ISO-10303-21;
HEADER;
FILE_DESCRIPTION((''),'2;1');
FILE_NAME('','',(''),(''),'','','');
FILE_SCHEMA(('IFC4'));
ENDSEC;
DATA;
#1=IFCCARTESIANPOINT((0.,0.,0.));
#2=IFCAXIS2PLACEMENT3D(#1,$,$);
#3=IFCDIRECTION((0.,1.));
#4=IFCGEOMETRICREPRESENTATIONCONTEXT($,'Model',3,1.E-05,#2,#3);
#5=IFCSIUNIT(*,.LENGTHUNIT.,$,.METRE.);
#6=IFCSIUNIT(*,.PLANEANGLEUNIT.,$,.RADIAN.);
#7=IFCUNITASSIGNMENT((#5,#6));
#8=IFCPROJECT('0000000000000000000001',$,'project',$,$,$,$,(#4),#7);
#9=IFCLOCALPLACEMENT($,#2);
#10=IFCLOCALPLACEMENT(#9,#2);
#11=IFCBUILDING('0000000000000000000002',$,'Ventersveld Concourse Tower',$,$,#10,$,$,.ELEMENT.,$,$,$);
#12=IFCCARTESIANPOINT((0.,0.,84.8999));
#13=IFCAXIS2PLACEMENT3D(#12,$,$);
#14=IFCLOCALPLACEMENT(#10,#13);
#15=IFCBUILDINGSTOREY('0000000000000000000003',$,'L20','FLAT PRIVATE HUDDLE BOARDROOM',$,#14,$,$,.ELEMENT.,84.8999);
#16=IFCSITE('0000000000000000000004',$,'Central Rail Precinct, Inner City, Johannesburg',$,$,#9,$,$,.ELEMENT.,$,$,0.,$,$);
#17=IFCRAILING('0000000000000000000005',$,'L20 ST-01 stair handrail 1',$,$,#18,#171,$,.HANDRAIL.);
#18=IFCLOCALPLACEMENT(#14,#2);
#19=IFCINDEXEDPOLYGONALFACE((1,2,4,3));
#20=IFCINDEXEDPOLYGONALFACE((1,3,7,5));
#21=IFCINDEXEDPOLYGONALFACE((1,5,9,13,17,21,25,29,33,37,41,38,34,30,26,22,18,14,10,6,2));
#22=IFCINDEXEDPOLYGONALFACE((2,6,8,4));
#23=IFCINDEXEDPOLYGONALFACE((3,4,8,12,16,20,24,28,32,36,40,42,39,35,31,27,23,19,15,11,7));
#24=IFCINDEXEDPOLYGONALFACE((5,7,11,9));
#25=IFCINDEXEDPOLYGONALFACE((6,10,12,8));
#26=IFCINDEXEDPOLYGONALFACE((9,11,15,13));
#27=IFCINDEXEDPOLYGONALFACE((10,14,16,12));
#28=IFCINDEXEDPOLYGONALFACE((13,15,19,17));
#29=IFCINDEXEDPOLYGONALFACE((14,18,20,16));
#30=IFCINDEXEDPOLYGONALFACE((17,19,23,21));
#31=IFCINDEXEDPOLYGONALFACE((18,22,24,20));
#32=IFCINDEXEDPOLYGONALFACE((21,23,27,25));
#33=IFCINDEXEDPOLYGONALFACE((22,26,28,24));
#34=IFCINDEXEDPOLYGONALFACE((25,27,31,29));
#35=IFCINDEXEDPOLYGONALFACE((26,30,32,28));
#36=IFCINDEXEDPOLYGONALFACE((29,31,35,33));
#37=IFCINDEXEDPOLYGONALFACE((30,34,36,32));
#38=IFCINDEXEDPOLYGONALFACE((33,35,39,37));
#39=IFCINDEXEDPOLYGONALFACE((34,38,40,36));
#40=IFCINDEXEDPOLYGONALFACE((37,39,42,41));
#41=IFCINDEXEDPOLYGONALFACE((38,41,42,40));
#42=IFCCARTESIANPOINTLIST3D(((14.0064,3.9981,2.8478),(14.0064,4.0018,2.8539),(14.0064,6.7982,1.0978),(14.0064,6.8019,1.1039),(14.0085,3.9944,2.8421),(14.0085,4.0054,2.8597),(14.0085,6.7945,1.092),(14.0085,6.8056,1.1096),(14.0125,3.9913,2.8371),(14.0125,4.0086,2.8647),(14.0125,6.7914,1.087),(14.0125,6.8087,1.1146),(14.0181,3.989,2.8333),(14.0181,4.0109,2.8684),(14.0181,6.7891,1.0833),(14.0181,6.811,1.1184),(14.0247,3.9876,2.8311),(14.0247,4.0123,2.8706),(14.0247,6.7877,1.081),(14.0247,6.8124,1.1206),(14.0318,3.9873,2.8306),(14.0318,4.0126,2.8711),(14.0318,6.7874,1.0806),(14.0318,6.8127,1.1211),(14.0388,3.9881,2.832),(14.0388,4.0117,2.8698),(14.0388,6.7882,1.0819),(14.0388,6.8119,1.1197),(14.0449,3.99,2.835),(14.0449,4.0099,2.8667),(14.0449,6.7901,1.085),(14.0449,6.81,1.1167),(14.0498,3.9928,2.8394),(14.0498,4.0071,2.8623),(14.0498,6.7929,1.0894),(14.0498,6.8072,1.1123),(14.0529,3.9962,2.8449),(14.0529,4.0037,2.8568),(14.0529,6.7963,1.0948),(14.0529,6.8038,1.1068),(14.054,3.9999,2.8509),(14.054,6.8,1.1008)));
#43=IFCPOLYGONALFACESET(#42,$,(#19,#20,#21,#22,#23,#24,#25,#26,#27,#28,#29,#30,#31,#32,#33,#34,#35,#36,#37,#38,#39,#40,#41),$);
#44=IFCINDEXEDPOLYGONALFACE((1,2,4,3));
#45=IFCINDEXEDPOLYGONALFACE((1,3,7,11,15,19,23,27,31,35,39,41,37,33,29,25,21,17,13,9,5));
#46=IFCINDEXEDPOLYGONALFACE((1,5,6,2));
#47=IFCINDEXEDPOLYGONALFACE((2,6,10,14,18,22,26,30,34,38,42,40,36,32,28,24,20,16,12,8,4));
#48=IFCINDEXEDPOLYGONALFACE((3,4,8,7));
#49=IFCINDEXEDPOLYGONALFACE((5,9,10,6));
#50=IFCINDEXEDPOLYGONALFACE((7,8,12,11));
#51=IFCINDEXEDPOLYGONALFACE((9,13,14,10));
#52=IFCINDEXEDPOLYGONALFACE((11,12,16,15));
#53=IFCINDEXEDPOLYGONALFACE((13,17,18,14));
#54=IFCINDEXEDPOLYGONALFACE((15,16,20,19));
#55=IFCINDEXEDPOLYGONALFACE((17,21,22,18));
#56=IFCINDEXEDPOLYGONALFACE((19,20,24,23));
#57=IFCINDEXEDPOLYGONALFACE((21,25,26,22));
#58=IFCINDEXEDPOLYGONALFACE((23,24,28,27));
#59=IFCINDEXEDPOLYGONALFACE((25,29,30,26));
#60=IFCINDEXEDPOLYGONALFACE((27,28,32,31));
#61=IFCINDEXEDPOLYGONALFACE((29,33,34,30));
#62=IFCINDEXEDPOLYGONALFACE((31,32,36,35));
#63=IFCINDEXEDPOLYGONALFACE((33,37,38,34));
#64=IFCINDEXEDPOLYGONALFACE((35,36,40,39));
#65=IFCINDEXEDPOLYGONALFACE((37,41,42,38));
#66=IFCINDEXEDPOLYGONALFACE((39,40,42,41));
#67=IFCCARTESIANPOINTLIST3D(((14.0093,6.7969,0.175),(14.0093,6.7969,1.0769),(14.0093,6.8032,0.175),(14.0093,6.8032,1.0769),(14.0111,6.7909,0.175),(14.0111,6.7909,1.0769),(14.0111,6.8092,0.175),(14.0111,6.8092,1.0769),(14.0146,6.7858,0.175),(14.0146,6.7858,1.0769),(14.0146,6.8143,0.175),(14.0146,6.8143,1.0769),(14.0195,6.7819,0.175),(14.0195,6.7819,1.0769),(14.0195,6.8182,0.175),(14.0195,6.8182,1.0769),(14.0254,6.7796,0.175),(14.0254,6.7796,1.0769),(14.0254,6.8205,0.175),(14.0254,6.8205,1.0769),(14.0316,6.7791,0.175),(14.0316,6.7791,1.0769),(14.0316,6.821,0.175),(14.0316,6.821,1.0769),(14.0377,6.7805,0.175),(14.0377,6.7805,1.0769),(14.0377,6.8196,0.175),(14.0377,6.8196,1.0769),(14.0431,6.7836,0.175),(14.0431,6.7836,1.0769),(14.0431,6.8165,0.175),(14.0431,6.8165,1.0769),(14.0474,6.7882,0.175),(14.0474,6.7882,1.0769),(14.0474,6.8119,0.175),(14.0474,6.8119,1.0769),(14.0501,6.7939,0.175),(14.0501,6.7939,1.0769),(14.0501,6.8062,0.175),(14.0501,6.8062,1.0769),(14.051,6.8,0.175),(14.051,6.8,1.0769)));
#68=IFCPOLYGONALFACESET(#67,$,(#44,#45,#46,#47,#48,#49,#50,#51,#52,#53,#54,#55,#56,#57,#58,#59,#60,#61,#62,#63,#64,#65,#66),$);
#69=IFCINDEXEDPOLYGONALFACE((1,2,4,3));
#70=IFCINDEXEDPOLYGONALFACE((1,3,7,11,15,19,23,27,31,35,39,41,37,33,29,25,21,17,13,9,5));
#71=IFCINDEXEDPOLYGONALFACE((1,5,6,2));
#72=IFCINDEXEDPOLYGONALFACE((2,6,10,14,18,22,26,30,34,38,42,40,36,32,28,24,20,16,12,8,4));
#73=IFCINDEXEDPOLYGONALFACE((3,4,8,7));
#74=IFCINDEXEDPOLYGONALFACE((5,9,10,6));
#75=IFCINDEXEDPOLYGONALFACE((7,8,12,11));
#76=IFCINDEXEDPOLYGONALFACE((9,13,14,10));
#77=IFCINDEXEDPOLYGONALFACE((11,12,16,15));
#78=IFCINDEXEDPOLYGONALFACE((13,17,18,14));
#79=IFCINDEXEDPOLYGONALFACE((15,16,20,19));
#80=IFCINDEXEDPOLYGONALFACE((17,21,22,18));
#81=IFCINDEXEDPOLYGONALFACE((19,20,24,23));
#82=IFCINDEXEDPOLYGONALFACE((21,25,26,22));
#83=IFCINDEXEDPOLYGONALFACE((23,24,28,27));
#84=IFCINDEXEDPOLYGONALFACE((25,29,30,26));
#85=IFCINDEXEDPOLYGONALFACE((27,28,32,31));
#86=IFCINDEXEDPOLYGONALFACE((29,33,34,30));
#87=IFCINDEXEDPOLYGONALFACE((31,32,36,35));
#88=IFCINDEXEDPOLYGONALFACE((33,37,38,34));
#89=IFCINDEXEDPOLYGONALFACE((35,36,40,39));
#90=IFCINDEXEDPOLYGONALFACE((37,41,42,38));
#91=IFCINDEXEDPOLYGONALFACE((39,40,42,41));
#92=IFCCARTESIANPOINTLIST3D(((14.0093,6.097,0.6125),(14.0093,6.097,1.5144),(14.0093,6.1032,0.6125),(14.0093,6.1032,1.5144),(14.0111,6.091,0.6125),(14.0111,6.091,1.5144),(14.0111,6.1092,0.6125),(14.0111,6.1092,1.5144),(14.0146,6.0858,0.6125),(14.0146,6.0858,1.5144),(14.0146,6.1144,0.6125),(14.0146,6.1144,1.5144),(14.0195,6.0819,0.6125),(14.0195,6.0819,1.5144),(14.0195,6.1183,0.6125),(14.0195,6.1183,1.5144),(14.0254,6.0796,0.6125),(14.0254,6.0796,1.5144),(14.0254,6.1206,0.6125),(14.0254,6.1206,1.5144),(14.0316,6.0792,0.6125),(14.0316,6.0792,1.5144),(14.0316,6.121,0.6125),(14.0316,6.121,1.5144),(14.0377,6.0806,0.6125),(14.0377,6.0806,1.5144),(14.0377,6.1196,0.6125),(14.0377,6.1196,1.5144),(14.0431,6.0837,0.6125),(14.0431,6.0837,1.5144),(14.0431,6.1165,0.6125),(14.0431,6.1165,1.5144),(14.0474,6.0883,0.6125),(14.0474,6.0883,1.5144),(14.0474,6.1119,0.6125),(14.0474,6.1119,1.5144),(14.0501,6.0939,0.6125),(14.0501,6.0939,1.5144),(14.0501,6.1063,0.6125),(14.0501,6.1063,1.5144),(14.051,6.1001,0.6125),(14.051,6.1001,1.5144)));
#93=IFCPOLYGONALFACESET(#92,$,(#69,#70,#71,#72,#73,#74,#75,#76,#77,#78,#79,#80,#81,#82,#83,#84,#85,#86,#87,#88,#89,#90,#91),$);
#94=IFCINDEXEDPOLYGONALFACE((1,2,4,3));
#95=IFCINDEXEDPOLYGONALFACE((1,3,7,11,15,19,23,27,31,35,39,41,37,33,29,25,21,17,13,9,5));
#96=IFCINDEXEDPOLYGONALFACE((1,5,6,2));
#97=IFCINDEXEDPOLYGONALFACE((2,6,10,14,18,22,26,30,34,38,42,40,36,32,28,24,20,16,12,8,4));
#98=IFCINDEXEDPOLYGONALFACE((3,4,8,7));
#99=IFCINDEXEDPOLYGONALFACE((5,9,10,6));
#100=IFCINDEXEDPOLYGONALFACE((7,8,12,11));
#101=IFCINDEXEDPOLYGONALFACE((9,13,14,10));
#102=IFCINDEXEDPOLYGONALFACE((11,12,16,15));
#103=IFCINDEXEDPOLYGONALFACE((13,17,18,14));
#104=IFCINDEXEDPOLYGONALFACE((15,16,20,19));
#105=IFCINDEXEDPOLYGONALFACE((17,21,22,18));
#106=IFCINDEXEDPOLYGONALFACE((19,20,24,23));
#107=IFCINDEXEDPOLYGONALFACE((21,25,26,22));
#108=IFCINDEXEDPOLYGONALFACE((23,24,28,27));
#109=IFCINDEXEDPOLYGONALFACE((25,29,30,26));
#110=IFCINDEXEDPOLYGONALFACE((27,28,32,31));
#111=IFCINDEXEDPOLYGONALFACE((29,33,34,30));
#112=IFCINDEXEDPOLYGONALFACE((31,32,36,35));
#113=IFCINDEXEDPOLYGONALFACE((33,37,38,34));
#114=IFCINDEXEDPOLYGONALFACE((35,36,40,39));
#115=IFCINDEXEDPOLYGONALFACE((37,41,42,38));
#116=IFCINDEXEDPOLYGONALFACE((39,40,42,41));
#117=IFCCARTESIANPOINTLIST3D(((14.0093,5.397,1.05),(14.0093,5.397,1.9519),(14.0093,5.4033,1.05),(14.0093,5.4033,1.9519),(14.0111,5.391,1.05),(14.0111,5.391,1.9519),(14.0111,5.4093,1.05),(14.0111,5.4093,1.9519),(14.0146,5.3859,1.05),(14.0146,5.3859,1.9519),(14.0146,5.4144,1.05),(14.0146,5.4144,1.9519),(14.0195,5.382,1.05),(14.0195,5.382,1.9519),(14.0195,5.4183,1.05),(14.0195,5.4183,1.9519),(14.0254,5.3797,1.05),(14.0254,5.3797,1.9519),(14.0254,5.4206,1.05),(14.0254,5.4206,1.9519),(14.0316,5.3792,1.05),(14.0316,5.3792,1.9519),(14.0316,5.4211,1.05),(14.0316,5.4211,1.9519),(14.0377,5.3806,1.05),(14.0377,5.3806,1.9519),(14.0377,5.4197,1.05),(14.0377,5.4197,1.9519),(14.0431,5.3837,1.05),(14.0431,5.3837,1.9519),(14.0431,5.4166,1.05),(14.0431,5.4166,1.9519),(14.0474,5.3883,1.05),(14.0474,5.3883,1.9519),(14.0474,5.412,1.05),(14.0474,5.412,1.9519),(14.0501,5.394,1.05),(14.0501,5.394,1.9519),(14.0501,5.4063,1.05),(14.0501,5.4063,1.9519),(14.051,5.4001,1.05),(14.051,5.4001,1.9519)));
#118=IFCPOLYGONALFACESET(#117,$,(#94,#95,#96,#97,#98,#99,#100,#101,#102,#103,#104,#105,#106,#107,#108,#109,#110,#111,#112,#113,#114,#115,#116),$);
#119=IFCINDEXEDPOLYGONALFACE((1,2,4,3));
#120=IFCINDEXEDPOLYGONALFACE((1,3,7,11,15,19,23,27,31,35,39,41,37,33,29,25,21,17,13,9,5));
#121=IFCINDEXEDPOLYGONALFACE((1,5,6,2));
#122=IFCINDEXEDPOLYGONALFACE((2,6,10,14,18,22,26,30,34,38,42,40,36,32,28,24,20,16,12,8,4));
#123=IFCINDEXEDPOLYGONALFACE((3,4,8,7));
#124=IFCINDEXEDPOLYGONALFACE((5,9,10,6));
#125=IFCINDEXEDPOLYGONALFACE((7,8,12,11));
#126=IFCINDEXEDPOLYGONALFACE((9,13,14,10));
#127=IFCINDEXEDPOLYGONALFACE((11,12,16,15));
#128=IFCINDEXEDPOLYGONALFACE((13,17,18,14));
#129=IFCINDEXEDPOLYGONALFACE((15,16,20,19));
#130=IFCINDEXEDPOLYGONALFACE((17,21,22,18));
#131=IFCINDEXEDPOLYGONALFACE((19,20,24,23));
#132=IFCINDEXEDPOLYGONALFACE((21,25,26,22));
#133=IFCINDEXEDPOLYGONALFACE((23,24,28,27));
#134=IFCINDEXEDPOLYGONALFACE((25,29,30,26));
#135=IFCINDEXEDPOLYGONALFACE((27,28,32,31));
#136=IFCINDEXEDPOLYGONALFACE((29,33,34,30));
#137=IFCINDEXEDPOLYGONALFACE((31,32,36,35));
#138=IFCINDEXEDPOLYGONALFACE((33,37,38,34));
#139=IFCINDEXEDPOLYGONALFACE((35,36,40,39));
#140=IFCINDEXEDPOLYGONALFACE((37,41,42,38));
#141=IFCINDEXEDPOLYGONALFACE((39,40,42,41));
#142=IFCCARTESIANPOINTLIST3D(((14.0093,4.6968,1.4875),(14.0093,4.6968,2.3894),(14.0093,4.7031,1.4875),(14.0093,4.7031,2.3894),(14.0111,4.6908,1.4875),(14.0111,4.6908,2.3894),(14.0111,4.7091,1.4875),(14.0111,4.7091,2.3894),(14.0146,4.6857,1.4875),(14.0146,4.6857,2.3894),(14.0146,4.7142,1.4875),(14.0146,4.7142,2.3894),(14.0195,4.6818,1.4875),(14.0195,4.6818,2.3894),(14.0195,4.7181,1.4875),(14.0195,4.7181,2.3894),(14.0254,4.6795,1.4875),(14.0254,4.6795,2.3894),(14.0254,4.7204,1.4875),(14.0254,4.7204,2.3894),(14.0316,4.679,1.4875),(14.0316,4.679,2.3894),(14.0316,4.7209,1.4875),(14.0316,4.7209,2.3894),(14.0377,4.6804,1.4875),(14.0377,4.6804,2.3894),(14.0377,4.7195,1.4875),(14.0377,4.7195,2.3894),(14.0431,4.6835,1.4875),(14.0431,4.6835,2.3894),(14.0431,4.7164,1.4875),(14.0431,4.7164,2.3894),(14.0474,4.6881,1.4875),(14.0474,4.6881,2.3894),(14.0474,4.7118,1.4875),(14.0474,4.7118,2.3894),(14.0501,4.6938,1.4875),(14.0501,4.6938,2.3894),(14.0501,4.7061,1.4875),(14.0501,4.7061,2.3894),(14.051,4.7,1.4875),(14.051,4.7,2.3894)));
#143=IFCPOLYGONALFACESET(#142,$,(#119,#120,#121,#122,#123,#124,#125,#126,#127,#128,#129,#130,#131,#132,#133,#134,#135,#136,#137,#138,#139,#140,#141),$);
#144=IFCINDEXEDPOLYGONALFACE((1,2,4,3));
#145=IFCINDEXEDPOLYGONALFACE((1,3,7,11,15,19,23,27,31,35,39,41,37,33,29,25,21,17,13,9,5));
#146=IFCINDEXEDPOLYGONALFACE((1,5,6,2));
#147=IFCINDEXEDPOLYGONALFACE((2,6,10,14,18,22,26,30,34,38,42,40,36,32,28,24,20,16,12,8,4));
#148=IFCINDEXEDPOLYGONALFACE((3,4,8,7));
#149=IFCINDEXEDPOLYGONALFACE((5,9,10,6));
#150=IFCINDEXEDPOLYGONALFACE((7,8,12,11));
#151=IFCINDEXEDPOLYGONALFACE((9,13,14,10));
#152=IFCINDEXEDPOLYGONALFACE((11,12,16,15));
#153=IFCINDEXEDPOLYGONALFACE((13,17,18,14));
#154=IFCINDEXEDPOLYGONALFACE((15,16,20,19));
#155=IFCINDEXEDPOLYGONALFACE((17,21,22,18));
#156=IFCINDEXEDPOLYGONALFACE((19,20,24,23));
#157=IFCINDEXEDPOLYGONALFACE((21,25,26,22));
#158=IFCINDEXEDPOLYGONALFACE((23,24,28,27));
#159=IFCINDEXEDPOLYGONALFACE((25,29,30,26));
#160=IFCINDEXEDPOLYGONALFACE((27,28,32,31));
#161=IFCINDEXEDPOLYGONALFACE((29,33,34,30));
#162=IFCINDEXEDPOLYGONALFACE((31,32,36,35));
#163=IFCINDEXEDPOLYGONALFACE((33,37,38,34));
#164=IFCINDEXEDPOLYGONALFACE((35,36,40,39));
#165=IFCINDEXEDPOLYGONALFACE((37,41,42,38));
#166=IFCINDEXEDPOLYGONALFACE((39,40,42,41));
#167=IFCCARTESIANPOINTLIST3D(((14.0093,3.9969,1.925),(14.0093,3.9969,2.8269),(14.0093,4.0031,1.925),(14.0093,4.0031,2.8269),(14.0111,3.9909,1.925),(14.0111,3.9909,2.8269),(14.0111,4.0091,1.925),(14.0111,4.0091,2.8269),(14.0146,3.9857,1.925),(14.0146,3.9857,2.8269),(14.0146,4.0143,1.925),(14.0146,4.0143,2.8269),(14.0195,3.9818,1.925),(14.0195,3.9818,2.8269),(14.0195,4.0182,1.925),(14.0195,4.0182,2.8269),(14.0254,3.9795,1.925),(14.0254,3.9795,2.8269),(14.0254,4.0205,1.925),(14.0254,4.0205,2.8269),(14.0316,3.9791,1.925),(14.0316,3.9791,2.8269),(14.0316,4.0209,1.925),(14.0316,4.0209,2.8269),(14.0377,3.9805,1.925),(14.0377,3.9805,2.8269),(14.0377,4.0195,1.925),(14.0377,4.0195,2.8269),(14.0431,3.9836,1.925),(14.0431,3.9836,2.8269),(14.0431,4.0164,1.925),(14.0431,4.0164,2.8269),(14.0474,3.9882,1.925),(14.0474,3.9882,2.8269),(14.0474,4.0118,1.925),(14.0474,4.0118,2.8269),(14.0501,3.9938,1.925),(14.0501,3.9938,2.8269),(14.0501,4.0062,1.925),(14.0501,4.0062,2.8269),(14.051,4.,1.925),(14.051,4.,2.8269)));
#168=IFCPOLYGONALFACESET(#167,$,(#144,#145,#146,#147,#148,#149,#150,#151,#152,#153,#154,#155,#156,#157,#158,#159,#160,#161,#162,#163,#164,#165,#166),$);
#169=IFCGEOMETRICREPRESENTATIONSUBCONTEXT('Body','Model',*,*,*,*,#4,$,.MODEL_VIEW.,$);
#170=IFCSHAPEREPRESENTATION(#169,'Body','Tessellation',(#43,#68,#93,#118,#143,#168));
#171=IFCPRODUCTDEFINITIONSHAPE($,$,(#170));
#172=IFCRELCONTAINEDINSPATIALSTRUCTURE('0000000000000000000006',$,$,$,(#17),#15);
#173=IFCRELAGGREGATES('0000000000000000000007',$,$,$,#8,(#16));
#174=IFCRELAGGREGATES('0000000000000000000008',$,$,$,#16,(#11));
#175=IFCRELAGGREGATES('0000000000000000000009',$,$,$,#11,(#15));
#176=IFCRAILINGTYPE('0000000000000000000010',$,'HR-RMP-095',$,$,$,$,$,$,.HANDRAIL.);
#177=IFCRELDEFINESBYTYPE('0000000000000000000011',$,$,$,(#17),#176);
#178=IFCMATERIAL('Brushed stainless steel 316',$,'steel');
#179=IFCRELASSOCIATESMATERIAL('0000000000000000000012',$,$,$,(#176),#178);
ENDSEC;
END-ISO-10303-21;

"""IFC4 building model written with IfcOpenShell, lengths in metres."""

from ifc_helpers import new_model, si_unit, direction, frame, origin, origin_2d, place, context, subcontext, project, spatial, circle, extrude, material, type_object, element, save


model = new_model("IFC4")

# Units and contexts
model_context = context("Model", 3, precision=1e-05, world=origin(), true_north=direction((0.0, 1.0)))
body_context = subcontext(model_context, "Body", "Model", "MODEL_VIEW")
ifc_project = project(units=[si_unit("LENGTHUNIT", "METRE"), si_unit("PLANEANGLEUNIT", "RADIAN")], contexts=[model_context])

# Site, building, storey
site_placement = place(None, origin())
site = spatial("IfcSite", under=ifc_project, at=site_placement, Name="Central Rail Precinct, Inner City, Johannesburg", CompositionType="ELEMENT", RefElevation=0.0)
building_placement = place(site_placement, origin())
building = spatial("IfcBuilding", under=site, at=building_placement, Name="Ventersveld Concourse Tower", CompositionType="ELEMENT")
storey_placement = place(building_placement, frame((0.0, 0.0, 84.8999)))
storey = spatial("IfcBuildingStorey", under=building, at=storey_placement, Name="L20", Description="FLAT PRIVATE HUDDLE BOARDROOM", CompositionType="ELEMENT", Elevation=84.8999)

# Railing
ifc_material_1 = material(Name="Brushed stainless steel 316", Category="steel")
railing_type_1 = type_object("IfcRailingType", Name="HR-RMP-095", PredefinedType="HANDRAIL", material=ifc_material_1)
railing_1_placement = place(storey_placement, frame((14.03, 6.8, 0.175)))
element("IfcRailing", 1, at=railing_1_placement, inside=storey, type_object=railing_type_1, Name="L20 ST-01 stair handrail 1", PredefinedType="HANDRAIL", context=body_context, shape_type="SweptSolid", body=[
    extrude(circle(Radius=0.0239, at=origin_2d()), frame((0.0, 0.0, 0.9258), z_axis=(0.0, -0.848002, 0.529992), x_axis=(1.0, 0.0, 0.0)), (0.0, 0.0, 1.0), 3.302),
    extrude(circle(Radius=0.021, at=origin_2d()), origin(), (0.0, 0.0, 1.0), 0.9019),
    extrude(circle(Radius=0.021, at=origin_2d()), frame((0.0, -0.7, 0.4375)), (0.0, 0.0, 1.0), 0.9019),
    extrude(circle(Radius=0.021, at=origin_2d()), frame((0.0, -1.3999, 0.875)), (0.0, 0.0, 1.0), 0.9019),
    extrude(circle(Radius=0.021, at=origin_2d()), frame((0.0, -2.1001, 1.3125)), (0.0, 0.0, 1.0), 0.9019),
    extrude(circle(Radius=0.021, at=origin_2d()), frame((0.0, -2.8, 1.75)), (0.0, 0.0, 1.0), 0.9019),
])

save(model, "model.ifc")
